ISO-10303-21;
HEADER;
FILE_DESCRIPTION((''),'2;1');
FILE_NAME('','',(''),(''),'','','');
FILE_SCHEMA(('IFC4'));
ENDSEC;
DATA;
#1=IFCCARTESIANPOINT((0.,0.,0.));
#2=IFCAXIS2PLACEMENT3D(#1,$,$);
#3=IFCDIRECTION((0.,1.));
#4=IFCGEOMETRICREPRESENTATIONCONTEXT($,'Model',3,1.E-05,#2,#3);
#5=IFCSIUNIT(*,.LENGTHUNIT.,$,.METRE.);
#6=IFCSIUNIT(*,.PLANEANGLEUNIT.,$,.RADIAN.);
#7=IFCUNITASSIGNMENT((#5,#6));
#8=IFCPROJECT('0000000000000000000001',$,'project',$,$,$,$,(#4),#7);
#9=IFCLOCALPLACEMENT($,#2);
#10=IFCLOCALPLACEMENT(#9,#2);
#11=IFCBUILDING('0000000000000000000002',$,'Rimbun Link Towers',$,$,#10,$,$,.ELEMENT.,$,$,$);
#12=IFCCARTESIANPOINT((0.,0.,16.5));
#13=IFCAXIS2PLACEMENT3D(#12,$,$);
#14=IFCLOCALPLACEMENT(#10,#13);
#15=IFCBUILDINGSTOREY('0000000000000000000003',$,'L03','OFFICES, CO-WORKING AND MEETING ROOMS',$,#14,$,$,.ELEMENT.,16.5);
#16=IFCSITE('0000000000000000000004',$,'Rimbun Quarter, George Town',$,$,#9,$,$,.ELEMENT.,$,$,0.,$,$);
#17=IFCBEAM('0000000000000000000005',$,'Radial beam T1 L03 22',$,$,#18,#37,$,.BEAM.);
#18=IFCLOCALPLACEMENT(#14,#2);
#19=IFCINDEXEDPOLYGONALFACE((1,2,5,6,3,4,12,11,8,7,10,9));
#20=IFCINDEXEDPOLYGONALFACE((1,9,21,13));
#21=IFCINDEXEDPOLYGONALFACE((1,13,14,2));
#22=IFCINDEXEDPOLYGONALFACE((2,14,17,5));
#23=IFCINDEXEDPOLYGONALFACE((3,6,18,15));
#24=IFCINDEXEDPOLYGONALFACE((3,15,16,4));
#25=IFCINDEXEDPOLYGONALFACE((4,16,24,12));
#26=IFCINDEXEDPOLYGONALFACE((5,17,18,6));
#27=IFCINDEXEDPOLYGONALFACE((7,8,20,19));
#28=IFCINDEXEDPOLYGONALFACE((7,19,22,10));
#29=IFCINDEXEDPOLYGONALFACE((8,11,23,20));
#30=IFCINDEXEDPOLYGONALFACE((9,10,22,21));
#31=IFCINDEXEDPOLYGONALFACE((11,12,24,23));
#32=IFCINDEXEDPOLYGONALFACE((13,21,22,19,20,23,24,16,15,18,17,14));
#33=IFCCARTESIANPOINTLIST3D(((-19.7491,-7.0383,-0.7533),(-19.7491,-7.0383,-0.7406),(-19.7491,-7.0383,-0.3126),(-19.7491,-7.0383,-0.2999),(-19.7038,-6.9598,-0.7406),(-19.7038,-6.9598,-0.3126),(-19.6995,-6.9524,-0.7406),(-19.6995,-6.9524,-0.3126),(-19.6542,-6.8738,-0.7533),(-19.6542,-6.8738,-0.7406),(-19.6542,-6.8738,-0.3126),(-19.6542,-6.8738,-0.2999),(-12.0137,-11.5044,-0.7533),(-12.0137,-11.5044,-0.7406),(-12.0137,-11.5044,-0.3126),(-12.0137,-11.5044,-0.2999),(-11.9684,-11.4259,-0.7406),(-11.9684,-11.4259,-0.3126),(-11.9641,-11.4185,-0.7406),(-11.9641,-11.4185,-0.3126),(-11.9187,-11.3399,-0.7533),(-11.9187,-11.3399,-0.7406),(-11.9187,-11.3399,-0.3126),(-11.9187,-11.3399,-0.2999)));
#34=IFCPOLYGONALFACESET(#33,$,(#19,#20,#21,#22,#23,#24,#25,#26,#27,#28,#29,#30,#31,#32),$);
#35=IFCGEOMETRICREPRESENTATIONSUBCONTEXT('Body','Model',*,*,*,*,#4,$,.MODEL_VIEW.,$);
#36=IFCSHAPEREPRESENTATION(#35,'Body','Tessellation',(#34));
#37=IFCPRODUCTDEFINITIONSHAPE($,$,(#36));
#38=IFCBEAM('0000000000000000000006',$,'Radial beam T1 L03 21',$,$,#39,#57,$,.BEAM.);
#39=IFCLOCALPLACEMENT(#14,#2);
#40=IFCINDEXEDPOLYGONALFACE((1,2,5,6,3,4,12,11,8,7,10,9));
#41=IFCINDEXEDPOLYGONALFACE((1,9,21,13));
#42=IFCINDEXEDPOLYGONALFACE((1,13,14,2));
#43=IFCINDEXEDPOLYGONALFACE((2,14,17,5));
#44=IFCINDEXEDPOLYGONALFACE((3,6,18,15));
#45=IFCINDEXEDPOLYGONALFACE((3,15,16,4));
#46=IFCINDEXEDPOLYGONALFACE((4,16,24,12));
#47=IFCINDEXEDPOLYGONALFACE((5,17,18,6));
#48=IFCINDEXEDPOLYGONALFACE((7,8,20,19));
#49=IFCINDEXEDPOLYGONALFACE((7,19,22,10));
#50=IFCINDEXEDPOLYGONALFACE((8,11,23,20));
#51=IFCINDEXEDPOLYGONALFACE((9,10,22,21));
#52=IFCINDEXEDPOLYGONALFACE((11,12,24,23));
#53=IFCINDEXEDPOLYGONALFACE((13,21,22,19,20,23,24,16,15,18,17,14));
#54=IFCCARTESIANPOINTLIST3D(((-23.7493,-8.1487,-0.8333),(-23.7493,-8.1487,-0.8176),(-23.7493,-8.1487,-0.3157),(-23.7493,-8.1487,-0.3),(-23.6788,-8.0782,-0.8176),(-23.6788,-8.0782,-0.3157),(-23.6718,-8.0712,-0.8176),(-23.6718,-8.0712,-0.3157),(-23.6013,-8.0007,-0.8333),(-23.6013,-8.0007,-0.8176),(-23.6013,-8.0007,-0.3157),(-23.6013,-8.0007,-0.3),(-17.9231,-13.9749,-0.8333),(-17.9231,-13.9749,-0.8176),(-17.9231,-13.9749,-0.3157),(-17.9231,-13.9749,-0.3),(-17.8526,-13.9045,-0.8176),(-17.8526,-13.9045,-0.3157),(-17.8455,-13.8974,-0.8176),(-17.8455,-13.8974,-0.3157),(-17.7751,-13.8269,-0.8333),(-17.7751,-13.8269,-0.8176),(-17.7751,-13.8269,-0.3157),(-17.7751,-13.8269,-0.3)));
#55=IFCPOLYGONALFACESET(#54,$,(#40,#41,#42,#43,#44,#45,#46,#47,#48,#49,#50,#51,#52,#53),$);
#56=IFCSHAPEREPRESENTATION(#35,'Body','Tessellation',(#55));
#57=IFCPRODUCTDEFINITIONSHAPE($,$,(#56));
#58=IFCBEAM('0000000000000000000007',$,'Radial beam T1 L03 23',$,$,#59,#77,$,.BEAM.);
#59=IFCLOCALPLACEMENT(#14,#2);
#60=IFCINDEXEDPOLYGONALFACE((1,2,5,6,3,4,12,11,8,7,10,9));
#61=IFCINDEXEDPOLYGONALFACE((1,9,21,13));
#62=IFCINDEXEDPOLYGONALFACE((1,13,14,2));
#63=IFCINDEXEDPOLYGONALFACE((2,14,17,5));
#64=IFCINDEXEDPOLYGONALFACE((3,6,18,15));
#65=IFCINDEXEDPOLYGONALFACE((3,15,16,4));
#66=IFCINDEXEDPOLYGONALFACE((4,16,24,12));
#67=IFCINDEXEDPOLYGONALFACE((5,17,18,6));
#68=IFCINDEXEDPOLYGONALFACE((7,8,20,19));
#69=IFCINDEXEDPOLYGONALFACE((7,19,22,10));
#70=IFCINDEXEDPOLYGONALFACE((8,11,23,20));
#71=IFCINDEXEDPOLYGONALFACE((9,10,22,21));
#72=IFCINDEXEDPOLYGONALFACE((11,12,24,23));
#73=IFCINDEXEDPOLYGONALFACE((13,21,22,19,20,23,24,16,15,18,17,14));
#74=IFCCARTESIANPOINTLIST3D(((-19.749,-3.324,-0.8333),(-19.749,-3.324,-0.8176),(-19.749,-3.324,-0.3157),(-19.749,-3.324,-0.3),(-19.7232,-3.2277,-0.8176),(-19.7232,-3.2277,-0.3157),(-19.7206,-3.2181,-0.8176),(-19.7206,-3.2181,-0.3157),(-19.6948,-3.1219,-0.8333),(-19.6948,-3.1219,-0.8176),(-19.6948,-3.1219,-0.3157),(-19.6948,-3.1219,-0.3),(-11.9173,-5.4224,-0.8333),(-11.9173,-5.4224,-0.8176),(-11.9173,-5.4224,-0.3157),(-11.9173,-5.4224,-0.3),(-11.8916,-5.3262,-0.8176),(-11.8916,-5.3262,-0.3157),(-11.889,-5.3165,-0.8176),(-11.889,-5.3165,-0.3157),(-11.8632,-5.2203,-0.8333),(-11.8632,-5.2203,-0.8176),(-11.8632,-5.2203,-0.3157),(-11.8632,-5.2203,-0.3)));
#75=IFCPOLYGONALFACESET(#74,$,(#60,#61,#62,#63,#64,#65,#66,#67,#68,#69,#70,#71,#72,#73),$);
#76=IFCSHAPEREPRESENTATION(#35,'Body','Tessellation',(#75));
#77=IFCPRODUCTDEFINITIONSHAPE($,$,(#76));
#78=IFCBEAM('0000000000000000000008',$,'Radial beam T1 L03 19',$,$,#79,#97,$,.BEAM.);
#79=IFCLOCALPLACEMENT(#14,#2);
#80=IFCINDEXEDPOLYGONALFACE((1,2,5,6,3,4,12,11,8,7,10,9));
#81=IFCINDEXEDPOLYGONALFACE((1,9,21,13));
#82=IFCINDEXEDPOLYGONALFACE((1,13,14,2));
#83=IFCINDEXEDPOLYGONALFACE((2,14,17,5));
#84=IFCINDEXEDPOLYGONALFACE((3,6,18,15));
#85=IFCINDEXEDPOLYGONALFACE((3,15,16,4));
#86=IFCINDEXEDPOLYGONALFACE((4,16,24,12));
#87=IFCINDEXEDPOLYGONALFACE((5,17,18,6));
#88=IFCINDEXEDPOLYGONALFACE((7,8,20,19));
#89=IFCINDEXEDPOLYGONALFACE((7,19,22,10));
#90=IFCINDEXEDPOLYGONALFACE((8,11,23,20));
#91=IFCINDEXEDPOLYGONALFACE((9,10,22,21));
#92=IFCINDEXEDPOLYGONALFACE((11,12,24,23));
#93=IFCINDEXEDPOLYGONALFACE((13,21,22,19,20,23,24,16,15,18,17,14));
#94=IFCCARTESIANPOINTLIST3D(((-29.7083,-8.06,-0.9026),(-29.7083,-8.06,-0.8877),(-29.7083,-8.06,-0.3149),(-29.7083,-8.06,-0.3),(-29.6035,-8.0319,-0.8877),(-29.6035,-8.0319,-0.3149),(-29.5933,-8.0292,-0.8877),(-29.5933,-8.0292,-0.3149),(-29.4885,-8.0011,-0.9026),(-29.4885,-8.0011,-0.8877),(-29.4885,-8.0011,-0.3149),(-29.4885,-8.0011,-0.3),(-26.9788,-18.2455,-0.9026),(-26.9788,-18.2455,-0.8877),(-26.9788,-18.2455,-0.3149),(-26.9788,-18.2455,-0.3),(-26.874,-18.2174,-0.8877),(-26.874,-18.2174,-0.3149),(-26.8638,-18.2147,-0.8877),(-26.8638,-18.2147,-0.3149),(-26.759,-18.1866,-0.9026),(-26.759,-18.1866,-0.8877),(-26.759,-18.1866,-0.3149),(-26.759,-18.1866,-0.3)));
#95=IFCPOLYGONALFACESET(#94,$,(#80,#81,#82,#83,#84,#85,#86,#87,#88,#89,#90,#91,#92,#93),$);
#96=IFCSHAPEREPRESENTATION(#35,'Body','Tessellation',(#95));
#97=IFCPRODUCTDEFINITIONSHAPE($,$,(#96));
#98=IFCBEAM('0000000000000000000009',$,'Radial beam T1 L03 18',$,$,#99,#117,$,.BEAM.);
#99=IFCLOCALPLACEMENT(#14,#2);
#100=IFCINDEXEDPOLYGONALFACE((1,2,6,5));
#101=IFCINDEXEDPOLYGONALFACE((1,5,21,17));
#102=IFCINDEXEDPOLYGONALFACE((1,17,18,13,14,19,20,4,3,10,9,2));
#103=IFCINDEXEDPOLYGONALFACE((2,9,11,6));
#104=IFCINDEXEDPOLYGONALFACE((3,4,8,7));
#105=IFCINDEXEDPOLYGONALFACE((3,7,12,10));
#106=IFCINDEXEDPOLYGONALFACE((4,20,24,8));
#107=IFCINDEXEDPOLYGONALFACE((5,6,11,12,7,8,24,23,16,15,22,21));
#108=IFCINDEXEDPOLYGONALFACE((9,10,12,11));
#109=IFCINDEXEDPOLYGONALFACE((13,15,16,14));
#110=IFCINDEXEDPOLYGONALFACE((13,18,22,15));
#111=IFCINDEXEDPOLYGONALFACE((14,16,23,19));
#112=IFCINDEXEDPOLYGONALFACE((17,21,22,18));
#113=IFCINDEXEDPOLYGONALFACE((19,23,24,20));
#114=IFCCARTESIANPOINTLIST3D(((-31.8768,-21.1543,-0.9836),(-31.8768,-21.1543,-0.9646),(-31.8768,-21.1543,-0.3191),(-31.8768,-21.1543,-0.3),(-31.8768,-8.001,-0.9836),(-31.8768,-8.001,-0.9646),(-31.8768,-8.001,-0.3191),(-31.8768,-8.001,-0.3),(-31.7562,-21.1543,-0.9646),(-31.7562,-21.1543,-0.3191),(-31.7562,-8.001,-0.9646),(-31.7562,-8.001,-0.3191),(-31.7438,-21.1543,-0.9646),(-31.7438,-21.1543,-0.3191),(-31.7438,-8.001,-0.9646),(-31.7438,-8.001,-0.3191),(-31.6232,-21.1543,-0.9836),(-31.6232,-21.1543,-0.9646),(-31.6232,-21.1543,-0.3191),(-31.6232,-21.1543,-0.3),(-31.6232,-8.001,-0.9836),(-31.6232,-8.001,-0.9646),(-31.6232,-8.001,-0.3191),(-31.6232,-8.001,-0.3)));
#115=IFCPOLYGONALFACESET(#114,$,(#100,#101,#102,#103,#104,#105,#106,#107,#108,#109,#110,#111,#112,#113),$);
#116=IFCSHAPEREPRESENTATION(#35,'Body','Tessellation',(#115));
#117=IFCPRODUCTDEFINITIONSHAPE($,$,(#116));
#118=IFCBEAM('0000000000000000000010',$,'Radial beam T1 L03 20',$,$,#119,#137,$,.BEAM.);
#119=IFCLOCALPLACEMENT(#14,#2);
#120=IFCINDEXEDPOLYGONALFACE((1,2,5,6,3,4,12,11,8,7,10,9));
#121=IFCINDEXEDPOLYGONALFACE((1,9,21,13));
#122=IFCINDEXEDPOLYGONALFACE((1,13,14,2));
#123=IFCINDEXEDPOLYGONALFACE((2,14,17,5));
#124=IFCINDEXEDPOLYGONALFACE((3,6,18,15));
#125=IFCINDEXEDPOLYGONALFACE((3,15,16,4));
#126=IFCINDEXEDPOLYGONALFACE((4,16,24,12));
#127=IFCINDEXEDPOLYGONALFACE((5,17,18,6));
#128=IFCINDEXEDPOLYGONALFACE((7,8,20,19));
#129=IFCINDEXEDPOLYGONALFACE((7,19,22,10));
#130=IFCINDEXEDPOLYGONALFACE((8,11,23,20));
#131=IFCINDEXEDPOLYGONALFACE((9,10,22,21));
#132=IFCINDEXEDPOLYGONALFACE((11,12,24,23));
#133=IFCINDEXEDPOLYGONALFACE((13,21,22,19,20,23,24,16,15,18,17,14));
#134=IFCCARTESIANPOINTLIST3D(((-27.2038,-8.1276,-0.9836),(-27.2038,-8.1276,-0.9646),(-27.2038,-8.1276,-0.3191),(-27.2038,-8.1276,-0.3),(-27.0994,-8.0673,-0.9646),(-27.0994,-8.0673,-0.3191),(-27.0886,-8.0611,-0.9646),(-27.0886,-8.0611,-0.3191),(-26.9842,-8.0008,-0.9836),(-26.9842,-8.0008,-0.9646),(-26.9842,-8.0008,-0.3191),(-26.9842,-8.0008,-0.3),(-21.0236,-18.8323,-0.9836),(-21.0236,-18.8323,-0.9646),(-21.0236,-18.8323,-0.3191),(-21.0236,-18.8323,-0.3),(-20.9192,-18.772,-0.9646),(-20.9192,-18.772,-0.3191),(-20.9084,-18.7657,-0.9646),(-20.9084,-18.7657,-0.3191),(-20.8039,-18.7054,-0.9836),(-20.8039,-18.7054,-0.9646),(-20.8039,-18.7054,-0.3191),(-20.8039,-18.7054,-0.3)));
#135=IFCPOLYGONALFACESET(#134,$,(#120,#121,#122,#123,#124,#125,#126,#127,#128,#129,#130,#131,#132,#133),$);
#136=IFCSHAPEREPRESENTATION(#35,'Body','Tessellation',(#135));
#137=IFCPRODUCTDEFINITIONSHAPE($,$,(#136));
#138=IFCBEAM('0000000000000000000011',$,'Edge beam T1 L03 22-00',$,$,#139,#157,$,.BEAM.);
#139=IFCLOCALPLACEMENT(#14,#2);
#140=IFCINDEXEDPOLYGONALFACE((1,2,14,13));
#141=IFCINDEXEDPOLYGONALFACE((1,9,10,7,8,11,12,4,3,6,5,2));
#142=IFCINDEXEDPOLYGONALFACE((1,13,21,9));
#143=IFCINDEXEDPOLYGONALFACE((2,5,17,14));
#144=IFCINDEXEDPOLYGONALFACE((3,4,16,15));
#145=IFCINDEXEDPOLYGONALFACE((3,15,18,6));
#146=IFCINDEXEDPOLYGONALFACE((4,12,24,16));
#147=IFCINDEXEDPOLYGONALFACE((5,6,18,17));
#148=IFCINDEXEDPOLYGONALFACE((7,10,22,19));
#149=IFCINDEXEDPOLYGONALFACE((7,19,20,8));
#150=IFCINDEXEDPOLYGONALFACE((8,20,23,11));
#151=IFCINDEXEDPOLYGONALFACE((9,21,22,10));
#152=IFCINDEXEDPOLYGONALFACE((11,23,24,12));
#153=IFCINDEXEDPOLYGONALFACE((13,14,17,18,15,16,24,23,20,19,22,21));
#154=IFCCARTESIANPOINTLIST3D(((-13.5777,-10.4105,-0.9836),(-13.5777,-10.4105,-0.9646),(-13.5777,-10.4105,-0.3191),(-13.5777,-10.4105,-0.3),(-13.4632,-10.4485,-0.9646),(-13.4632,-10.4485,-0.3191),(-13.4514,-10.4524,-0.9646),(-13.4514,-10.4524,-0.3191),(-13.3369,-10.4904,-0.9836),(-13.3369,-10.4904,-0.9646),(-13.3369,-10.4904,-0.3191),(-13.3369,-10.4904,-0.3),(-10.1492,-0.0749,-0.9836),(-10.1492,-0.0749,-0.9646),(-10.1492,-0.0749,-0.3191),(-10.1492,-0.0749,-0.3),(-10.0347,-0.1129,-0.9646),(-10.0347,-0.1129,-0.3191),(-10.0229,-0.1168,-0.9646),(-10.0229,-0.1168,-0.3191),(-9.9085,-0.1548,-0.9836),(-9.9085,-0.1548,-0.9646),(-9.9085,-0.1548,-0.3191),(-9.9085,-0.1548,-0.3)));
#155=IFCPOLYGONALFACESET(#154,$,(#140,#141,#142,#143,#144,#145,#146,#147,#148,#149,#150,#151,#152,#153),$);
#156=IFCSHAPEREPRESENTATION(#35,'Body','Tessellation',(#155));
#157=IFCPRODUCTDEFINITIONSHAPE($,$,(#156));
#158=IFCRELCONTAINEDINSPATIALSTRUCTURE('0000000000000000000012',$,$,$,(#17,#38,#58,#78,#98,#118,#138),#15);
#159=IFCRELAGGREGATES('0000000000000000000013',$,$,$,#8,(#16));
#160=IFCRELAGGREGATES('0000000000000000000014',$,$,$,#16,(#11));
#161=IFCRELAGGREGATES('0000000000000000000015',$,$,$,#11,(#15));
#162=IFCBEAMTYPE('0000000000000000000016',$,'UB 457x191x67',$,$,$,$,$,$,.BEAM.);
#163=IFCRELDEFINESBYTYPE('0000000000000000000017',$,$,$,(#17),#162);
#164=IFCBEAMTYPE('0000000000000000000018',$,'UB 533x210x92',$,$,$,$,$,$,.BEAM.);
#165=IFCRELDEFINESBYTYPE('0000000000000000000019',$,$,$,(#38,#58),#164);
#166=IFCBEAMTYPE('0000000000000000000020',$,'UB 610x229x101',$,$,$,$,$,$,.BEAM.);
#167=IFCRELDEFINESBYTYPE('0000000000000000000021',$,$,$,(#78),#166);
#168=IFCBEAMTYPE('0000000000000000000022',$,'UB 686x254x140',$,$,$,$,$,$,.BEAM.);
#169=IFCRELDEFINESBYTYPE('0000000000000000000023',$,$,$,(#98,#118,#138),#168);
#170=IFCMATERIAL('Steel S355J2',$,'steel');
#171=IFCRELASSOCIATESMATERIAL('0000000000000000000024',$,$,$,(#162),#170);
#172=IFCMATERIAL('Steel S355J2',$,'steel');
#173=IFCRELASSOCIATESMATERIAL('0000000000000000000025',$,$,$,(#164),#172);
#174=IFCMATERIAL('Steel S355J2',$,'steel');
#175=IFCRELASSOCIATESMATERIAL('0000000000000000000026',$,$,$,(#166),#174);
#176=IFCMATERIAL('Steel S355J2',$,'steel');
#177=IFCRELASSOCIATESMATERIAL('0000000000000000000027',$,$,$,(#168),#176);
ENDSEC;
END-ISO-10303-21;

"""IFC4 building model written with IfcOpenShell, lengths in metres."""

from ifc_helpers import new_model, si_unit, direction, frame, origin, origin_2d, place, context, subcontext, project, spatial, i_section, extrude, material, material_profile, profile_set, type_object, element, save


model = new_model("IFC4")

# Units and contexts
model_context = context("Model", 3, precision=1e-05, world=origin(), true_north=direction((0.0, 1.0)))
body_context = subcontext(model_context, "Body", "Model", "MODEL_VIEW")
ifc_project = project(units=[si_unit("LENGTHUNIT", "METRE"), si_unit("PLANEANGLEUNIT", "RADIAN")], contexts=[model_context])

# Site, building, storey
site_placement = place(None, origin())
site = spatial("IfcSite", under=ifc_project, at=site_placement, Name="Rimbun Quarter, George Town", CompositionType="ELEMENT", RefElevation=0.0)
building_placement = place(site_placement, origin())
building = spatial("IfcBuilding", under=site, at=building_placement, Name="Rimbun Link Towers", CompositionType="ELEMENT")
storey_placement = place(building_placement, frame((0.0, 0.0, 16.5)))
storey = spatial("IfcBuildingStorey", under=building, at=storey_placement, Name="L03", Description="OFFICES, CO-WORKING AND MEETING ROOMS", CompositionType="ELEMENT", Elevation=16.5)

# Beams
ifc_material_1 = material(Name="Steel S355J2", Category="steel")
ifc_material_profile_1 = material_profile(ifc_material_1, i_section(OverallWidth=0.1899, OverallDepth=0.4534, WebThickness=0.0085, FlangeThickness=0.0127, at=origin_2d()), Name="UB 457x191x67")
ifc_profile_set_1 = profile_set([ifc_material_profile_1], Name="Steel S355J2")
beam_type_1 = type_object("IfcBeamType", Name="UB 457x191x67", PredefinedType="BEAM", material=ifc_profile_set_1)
beam_1_placement = place(storey_placement, frame((-19.7017, -6.9561, -0.5266), z_axis=(0.866023, -0.500005, 0.0), x_axis=(0.500005, 0.866023, 0.0)))
element("IfcBeam", 1, at=beam_1_placement, inside=storey, type_object=beam_type_1, Name="Radial beam T1 L03 22", PredefinedType="BEAM", context=body_context, shape_type="SweptSolid", body=[
    extrude(i_section(OverallWidth=0.1899, OverallDepth=0.4534, WebThickness=0.0085, FlangeThickness=0.0127, at=origin_2d()), origin(), (0.0, 0.0, 1.0), 8.9321),
])
ifc_material_2 = material(Name="Steel S355J2", Category="steel")
ifc_material_profile_2 = material_profile(ifc_material_2, i_section(OverallWidth=0.2092, OverallDepth=0.5332, WebThickness=0.01, FlangeThickness=0.0156, at=origin_2d()), Name="UB 533x210x92")
ifc_profile_set_2 = profile_set([ifc_material_profile_2], Name="Steel S355J2")
beam_type_2 = type_object("IfcBeamType", Name="UB 533x210x92", PredefinedType="BEAM", material=ifc_profile_set_2)
beam_2_placement = place(storey_placement, frame((-23.6753, -8.0747, -0.5667), z_axis=(0.707107, -0.707107, 0.0), x_axis=(0.707107, 0.707107, 0.0)))
element("IfcBeam", 2, at=beam_2_placement, inside=storey, type_object=beam_type_2, Name="Radial beam T1 L03 21", PredefinedType="BEAM", context=body_context, shape_type="SweptSolid", body=[
    extrude(i_section(OverallWidth=0.2092, OverallDepth=0.5332, WebThickness=0.01, FlangeThickness=0.0156, at=origin_2d()), origin(), (0.0, 0.0, 1.0), 8.2395),
])
beam_3_placement = place(storey_placement, frame((-19.7219, -3.2229, -0.5667), z_axis=(0.965928, -0.258811, 0.0), x_axis=(0.258811, 0.965928, 0.0)))
element("IfcBeam", 3, at=beam_3_placement, inside=storey, type_object=beam_type_2, Name="Radial beam T1 L03 23", PredefinedType="BEAM", context=body_context, shape_type="SweptSolid", body=[
    extrude(i_section(OverallWidth=0.2092, OverallDepth=0.5332, WebThickness=0.01, FlangeThickness=0.0156, at=origin_2d()), origin(), (0.0, 0.0, 1.0), 8.1079),
])
ifc_material_3 = material(Name="Steel S355J2", Category="steel")
ifc_material_profile_3 = material_profile(ifc_material_3, i_section(OverallWidth=0.2275, OverallDepth=0.6025, WebThickness=0.0105, FlangeThickness=0.0149, at=origin_2d()), Name="UB 610x229x101")
ifc_profile_set_3 = profile_set([ifc_material_profile_3], Name="Steel S355J2")
beam_type_3 = type_object("IfcBeamType", Name="UB 610x229x101", PredefinedType="BEAM", material=ifc_profile_set_3)
beam_4_placement = place(storey_placement, frame((-29.5984, -8.0305, -0.6013), z_axis=(0.258844, -0.965919, 0.0), x_axis=(0.965919, 0.258844, 0.0)))
element("IfcBeam", 4, at=beam_4_placement, inside=storey, type_object=beam_type_3, Name="Radial beam T1 L03 19", PredefinedType="BEAM", context=body_context, shape_type="SweptSolid", body=[
    extrude(i_section(OverallWidth=0.2275, OverallDepth=0.6025, WebThickness=0.0105, FlangeThickness=0.0149, at=origin_2d()), origin(), (0.0, 0.0, 1.0), 10.5449),
])
ifc_material_4 = material(Name="Steel S355J2", Category="steel")
ifc_material_profile_4 = material_profile(ifc_material_4, i_section(OverallWidth=0.2537, OverallDepth=0.6836, WebThickness=0.0125, FlangeThickness=0.019, at=origin_2d()), Name="UB 686x254x140")
ifc_profile_set_4 = profile_set([ifc_material_profile_4], Name="Steel S355J2")
beam_type_4 = type_object("IfcBeamType", Name="UB 686x254x140", PredefinedType="BEAM", material=ifc_profile_set_4)
beam_5_placement = place(storey_placement, frame((-31.75, -8.001, -0.6418), z_axis=(0.0, -1.0, 0.0), x_axis=(1.0, 0.0, 0.0)))
element("IfcBeam", 5, at=beam_5_placement, inside=storey, type_object=beam_type_4, Name="Radial beam T1 L03 18", PredefinedType="BEAM", context=body_context, shape_type="SweptSolid", body=[
    extrude(i_section(OverallWidth=0.2537, OverallDepth=0.6836, WebThickness=0.0125, FlangeThickness=0.019, at=origin_2d()), origin(), (0.0, 0.0, 1.0), 13.1533),
])
beam_6_placement = place(storey_placement, frame((-27.094, -8.0642, -0.6418), z_axis=(0.499993, -0.86603, 0.0), x_axis=(0.86603, 0.499993, 0.0)))
element("IfcBeam", 6, at=beam_6_placement, inside=storey, type_object=beam_type_4, Name="Radial beam T1 L03 20", PredefinedType="BEAM", context=body_context, shape_type="SweptSolid", body=[
    extrude(i_section(OverallWidth=0.2537, OverallDepth=0.6836, WebThickness=0.0125, FlangeThickness=0.019, at=origin_2d()), origin(), (0.0, 0.0, 1.0), 12.3606),
])
beam_7_placement = place(storey_placement, frame((-13.4573, -10.4504, -0.6418), z_axis=(0.314842, 0.949144, 0.0), x_axis=(-0.949144, 0.314842, 0.0)))
element("IfcBeam", 7, at=beam_7_placement, inside=storey, type_object=beam_type_4, Name="Edge beam T1 L03 22-00", PredefinedType="BEAM", context=body_context, shape_type="SweptSolid", body=[
    extrude(i_section(OverallWidth=0.2537, OverallDepth=0.6836, WebThickness=0.0125, FlangeThickness=0.019, at=origin_2d()), origin(), (0.0, 0.0, 1.0), 10.8894),
])

save(model, "model.ifc")
